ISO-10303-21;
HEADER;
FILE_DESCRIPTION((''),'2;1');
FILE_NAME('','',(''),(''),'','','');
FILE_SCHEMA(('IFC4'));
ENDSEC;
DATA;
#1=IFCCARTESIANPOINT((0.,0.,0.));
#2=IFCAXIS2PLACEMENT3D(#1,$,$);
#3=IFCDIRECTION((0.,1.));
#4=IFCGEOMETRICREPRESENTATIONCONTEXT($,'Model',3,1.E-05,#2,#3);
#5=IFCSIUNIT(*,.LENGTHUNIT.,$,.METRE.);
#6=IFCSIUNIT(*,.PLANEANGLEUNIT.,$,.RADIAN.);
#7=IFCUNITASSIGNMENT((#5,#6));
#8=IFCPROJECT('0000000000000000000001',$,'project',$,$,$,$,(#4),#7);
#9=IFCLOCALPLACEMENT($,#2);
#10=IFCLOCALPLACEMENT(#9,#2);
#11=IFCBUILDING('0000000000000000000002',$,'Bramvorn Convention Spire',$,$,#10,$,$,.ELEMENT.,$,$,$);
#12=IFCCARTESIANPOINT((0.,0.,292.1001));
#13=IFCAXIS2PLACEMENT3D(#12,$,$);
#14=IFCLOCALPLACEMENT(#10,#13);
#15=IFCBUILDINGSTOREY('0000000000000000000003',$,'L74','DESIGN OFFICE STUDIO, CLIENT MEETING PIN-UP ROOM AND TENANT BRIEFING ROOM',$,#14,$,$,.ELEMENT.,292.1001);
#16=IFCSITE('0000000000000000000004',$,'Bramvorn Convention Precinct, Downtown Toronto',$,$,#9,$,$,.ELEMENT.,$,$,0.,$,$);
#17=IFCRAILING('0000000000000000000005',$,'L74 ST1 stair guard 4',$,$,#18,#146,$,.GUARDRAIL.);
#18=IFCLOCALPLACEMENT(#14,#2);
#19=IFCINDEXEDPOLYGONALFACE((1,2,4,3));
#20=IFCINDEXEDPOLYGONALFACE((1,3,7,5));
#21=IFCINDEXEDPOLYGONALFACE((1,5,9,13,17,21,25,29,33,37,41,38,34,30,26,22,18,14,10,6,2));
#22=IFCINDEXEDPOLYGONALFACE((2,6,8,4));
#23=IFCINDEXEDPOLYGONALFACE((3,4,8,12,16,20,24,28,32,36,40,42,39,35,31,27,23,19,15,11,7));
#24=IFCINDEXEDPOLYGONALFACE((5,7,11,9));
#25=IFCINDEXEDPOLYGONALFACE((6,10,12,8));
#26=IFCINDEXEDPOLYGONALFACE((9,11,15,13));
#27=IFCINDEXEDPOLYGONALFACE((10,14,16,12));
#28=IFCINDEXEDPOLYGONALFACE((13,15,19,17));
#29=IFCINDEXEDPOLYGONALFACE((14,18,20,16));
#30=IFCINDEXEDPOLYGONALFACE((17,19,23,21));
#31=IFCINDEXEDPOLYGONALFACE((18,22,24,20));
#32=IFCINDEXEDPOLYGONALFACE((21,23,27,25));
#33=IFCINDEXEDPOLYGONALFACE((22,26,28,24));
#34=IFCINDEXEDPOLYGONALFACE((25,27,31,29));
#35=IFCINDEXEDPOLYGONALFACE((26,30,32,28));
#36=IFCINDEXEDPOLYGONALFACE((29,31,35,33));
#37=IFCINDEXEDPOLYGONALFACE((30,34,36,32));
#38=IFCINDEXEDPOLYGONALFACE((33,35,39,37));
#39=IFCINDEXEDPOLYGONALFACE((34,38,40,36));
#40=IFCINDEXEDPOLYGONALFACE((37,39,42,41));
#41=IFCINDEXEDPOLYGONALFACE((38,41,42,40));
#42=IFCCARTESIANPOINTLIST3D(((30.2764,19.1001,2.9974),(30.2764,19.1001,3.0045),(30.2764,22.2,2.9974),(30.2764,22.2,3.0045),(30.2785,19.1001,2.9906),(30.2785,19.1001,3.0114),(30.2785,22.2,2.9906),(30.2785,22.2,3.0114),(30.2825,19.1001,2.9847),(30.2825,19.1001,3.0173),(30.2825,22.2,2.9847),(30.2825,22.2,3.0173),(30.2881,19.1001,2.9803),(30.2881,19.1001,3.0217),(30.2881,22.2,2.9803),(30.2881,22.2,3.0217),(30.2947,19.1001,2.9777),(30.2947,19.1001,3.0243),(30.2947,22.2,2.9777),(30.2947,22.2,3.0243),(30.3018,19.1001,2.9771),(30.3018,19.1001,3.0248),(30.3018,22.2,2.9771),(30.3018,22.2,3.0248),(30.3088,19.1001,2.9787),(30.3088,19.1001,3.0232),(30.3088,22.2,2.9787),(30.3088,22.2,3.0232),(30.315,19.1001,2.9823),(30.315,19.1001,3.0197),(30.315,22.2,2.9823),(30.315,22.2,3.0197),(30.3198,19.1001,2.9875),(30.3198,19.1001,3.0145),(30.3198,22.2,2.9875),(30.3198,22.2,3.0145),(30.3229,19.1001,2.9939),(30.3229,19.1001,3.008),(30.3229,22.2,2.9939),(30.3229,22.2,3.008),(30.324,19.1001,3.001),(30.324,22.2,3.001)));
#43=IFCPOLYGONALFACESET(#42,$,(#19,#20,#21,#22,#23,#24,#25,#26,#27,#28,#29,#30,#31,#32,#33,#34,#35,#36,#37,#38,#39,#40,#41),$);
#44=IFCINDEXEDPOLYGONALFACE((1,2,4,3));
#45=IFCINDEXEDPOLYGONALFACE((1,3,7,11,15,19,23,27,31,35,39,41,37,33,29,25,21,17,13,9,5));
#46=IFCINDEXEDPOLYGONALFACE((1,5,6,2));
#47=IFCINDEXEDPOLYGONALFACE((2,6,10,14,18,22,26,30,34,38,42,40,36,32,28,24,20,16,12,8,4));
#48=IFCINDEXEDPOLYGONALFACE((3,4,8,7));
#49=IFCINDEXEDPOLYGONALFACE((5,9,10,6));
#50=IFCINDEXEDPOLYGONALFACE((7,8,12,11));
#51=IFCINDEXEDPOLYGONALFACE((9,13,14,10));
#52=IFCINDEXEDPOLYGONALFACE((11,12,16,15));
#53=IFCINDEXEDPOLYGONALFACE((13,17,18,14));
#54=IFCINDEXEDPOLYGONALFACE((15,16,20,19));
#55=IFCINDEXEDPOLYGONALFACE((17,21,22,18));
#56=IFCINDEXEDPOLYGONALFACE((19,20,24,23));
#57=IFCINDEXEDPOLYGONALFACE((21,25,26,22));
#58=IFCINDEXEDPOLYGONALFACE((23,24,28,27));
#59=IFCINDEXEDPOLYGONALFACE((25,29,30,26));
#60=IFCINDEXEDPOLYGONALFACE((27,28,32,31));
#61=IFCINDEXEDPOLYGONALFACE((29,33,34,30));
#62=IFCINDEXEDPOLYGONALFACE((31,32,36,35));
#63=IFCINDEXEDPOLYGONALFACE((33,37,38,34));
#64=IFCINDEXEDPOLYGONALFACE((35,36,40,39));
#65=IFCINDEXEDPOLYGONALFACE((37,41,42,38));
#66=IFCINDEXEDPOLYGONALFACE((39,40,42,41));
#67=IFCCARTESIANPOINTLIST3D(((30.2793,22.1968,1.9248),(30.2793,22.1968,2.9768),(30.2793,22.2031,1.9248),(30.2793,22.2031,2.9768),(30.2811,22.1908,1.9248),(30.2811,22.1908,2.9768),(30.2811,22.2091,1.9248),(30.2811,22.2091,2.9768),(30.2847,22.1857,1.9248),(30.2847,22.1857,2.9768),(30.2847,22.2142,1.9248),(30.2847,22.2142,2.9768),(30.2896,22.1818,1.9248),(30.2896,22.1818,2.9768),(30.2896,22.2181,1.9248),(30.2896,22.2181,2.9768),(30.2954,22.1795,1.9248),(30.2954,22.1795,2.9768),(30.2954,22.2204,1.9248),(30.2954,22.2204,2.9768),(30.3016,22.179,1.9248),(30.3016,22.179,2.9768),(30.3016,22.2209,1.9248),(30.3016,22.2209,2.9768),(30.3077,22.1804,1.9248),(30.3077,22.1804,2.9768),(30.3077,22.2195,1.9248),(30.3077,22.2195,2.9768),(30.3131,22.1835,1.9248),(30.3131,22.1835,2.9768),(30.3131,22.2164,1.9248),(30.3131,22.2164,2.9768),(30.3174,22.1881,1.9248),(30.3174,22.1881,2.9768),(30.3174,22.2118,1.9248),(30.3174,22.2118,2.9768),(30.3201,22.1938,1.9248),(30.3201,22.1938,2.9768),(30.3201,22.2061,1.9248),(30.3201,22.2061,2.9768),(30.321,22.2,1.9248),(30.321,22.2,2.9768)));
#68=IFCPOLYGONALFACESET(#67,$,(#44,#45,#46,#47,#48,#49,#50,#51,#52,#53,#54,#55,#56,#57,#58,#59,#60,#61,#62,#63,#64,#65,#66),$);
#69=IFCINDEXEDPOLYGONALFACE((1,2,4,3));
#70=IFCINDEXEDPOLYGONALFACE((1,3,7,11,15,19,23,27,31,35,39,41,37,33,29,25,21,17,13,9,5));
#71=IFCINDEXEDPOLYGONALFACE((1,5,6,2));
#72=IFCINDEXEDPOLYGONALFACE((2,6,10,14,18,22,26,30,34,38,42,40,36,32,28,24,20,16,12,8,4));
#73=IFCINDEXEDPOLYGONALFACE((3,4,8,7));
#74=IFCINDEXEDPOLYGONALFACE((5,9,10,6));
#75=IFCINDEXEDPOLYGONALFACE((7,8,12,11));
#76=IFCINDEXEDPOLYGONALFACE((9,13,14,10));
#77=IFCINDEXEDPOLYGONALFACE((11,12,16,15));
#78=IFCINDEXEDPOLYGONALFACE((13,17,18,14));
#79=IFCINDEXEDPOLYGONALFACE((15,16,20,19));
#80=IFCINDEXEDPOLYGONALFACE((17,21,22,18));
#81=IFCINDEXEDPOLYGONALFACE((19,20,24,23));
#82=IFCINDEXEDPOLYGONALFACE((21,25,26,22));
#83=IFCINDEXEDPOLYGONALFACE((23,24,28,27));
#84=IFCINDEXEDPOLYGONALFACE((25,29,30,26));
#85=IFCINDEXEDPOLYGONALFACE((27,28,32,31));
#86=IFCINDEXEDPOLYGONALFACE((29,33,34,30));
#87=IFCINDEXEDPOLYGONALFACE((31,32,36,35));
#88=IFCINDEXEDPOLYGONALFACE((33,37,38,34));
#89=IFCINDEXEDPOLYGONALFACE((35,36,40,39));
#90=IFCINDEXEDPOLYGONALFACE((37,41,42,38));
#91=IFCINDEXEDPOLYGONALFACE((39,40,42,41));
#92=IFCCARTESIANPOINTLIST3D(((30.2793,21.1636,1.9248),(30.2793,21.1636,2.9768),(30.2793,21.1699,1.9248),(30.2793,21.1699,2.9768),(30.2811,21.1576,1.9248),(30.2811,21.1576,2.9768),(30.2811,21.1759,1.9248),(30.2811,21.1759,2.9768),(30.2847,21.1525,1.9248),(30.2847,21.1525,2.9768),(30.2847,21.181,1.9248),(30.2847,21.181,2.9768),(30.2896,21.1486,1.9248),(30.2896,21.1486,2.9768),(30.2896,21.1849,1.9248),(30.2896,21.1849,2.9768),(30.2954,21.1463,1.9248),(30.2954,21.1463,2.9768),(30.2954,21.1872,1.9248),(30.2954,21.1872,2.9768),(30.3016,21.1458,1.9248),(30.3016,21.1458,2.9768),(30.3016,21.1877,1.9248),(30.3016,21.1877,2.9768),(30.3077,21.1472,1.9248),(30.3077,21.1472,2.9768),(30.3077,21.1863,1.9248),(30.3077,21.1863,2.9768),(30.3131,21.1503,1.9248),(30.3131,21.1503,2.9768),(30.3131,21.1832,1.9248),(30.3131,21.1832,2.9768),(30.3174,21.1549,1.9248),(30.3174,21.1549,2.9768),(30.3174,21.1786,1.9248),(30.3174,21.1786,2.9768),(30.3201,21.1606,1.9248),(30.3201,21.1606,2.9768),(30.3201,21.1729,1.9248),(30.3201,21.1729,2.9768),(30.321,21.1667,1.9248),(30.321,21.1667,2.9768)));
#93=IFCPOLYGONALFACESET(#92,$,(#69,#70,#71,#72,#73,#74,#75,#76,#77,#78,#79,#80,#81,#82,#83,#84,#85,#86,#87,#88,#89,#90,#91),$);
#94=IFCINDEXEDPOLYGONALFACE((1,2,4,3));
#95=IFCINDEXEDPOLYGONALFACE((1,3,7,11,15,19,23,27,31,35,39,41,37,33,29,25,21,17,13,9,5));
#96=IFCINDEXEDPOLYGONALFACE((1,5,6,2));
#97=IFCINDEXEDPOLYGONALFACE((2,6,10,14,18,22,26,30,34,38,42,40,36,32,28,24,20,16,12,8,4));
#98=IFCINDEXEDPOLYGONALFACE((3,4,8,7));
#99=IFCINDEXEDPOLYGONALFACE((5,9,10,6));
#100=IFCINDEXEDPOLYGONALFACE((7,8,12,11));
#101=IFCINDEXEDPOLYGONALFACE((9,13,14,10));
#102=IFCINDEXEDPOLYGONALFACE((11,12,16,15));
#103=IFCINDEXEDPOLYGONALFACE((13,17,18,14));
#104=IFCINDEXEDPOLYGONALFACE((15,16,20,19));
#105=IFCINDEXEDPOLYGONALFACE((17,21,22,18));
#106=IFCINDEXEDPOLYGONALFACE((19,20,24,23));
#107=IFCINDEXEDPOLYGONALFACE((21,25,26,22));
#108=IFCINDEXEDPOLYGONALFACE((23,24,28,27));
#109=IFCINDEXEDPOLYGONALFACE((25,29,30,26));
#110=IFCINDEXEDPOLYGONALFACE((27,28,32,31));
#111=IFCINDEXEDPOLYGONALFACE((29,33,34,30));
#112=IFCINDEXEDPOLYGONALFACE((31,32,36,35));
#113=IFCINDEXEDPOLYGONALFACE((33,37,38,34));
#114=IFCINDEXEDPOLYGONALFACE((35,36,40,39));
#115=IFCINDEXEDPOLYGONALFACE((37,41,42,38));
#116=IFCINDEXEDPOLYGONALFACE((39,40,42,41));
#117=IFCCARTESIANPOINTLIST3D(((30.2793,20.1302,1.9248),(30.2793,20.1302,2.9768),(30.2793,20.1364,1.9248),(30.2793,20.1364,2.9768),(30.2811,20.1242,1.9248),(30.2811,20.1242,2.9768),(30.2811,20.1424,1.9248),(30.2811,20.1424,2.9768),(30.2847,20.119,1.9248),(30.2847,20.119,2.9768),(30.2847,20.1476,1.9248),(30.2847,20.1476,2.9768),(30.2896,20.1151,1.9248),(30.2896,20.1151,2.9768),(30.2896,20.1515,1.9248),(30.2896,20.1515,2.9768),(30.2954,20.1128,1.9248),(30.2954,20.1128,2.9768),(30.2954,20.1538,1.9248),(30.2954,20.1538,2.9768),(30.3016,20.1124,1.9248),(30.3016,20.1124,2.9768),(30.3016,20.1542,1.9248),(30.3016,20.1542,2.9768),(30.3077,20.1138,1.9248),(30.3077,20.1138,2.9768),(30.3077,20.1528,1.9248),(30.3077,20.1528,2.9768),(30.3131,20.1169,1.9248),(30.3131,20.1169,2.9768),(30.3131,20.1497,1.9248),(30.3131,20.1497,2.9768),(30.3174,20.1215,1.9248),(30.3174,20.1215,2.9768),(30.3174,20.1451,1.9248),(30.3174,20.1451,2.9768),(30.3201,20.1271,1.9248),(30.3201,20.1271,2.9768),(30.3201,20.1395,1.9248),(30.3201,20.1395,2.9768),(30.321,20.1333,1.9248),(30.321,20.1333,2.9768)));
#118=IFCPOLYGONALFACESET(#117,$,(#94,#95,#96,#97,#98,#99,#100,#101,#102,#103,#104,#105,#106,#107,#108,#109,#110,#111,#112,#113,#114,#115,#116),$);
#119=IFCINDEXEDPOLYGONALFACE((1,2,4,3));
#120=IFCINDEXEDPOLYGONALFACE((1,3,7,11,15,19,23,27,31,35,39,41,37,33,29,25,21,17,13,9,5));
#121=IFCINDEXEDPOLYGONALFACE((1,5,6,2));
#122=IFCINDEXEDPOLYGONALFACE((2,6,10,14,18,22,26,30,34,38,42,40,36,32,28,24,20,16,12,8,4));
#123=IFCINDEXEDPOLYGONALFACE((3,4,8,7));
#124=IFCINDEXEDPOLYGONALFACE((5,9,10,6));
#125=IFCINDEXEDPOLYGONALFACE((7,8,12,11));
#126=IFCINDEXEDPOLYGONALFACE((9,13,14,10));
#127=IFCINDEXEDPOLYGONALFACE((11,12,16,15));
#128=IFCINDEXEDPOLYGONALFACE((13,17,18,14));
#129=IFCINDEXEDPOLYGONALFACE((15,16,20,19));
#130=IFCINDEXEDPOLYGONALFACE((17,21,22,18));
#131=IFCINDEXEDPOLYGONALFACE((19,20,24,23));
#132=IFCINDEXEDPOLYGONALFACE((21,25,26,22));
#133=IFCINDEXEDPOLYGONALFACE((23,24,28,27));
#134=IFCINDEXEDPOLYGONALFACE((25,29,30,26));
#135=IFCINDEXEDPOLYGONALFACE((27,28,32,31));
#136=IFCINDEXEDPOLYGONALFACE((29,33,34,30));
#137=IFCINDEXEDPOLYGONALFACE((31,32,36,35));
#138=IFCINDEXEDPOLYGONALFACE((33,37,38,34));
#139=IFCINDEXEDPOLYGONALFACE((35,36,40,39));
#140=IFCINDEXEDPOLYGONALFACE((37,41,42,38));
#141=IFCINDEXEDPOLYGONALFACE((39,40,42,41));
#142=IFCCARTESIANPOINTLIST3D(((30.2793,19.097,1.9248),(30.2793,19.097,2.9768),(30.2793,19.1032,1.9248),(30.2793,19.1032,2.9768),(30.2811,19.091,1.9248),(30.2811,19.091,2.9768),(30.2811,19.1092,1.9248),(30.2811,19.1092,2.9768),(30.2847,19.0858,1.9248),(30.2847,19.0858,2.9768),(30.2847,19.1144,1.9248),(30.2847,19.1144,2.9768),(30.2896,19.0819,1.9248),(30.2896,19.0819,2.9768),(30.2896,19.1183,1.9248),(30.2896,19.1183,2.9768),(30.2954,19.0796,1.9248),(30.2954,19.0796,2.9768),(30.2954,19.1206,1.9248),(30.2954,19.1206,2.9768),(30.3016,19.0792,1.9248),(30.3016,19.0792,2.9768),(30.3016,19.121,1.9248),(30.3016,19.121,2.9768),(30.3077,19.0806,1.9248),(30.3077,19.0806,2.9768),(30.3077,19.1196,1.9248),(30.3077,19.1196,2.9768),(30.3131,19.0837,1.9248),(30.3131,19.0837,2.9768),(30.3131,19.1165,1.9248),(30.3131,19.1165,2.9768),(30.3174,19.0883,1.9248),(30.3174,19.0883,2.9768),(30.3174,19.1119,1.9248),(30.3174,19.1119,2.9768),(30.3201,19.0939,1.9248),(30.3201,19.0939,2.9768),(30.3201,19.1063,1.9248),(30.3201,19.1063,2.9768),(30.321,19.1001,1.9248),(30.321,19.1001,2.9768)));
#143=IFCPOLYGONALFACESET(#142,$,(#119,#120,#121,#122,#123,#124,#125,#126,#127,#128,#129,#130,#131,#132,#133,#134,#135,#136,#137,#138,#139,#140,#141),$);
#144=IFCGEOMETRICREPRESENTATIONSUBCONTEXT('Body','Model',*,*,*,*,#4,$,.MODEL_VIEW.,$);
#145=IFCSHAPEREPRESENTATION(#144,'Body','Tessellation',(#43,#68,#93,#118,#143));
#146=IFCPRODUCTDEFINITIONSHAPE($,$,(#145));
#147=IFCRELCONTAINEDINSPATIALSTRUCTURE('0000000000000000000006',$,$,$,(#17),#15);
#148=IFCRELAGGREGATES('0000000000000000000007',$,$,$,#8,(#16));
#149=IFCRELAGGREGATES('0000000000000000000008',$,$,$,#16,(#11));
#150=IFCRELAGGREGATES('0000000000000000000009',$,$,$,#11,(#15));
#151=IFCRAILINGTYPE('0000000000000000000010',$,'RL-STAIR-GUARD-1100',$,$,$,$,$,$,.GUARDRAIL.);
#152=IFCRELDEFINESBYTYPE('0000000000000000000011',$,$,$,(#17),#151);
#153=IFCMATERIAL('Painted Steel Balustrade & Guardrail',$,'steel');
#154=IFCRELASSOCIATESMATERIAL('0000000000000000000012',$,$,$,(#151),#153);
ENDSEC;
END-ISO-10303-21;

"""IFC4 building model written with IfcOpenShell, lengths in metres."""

from ifc_helpers import new_model, si_unit, direction, frame, origin, origin_2d, place, context, subcontext, project, spatial, circle, extrude, material, type_object, element, save


model = new_model("IFC4")

# Units and contexts
model_context = context("Model", 3, precision=1e-05, world=origin(), true_north=direction((0.0, 1.0)))
body_context = subcontext(model_context, "Body", "Model", "MODEL_VIEW")
ifc_project = project(units=[si_unit("LENGTHUNIT", "METRE"), si_unit("PLANEANGLEUNIT", "RADIAN")], contexts=[model_context])

# Site, building, storey
site_placement = place(None, origin())
site = spatial("IfcSite", under=ifc_project, at=site_placement, Name="Bramvorn Convention Precinct, Downtown Toronto", CompositionType="ELEMENT", RefElevation=0.0)
building_placement = place(site_placement, origin())
building = spatial("IfcBuilding", under=site, at=building_placement, Name="Bramvorn Convention Spire", CompositionType="ELEMENT")
storey_placement = place(building_placement, frame((0.0, 0.0, 292.1001)))
storey = spatial("IfcBuildingStorey", under=building, at=storey_placement, Name="L74", Description="DESIGN OFFICE STUDIO, CLIENT MEETING PIN-UP ROOM AND TENANT BRIEFING ROOM", CompositionType="ELEMENT", Elevation=292.1001)

# Railing
ifc_material_1 = material(Name="Painted Steel Balustrade & Guardrail", Category="steel")
railing_type_1 = type_object("IfcRailingType", Name="RL-STAIR-GUARD-1100", PredefinedType="GUARDRAIL", material=ifc_material_1)
for number, where, name in (
    (1, (30.3, 22.2, 1.9248), "L74 ST1 stair guard 4"),
):
    element("IfcRailing", number, at=place(storey_placement, frame(where)), inside=storey, type_object=railing_type_1, Name=name, PredefinedType="GUARDRAIL", context=body_context, shape_type="SweptSolid", body=[
        extrude(circle(Radius=0.0239, at=origin_2d()), frame((0.0, 0.0, 1.0762), z_axis=(0.0, -1.0, 0.0), x_axis=(1.0, 0.0, 0.0)), (0.0, 0.0, 1.0), 3.0999),
        extrude(circle(Radius=0.021, at=origin_2d()), origin(), (0.0, 0.0, 1.0), 1.052),
        extrude(circle(Radius=0.021, at=origin_2d()), frame((0.0, -1.0332, 0.0)), (0.0, 0.0, 1.0), 1.052),
        extrude(circle(Radius=0.021, at=origin_2d()), frame((0.0, -2.0667, 0.0)), (0.0, 0.0, 1.0), 1.052),
        extrude(circle(Radius=0.021, at=origin_2d()), frame((0.0, -3.0999, 0.0)), (0.0, 0.0, 1.0), 1.052),
    ])

save(model, "model.ifc")
